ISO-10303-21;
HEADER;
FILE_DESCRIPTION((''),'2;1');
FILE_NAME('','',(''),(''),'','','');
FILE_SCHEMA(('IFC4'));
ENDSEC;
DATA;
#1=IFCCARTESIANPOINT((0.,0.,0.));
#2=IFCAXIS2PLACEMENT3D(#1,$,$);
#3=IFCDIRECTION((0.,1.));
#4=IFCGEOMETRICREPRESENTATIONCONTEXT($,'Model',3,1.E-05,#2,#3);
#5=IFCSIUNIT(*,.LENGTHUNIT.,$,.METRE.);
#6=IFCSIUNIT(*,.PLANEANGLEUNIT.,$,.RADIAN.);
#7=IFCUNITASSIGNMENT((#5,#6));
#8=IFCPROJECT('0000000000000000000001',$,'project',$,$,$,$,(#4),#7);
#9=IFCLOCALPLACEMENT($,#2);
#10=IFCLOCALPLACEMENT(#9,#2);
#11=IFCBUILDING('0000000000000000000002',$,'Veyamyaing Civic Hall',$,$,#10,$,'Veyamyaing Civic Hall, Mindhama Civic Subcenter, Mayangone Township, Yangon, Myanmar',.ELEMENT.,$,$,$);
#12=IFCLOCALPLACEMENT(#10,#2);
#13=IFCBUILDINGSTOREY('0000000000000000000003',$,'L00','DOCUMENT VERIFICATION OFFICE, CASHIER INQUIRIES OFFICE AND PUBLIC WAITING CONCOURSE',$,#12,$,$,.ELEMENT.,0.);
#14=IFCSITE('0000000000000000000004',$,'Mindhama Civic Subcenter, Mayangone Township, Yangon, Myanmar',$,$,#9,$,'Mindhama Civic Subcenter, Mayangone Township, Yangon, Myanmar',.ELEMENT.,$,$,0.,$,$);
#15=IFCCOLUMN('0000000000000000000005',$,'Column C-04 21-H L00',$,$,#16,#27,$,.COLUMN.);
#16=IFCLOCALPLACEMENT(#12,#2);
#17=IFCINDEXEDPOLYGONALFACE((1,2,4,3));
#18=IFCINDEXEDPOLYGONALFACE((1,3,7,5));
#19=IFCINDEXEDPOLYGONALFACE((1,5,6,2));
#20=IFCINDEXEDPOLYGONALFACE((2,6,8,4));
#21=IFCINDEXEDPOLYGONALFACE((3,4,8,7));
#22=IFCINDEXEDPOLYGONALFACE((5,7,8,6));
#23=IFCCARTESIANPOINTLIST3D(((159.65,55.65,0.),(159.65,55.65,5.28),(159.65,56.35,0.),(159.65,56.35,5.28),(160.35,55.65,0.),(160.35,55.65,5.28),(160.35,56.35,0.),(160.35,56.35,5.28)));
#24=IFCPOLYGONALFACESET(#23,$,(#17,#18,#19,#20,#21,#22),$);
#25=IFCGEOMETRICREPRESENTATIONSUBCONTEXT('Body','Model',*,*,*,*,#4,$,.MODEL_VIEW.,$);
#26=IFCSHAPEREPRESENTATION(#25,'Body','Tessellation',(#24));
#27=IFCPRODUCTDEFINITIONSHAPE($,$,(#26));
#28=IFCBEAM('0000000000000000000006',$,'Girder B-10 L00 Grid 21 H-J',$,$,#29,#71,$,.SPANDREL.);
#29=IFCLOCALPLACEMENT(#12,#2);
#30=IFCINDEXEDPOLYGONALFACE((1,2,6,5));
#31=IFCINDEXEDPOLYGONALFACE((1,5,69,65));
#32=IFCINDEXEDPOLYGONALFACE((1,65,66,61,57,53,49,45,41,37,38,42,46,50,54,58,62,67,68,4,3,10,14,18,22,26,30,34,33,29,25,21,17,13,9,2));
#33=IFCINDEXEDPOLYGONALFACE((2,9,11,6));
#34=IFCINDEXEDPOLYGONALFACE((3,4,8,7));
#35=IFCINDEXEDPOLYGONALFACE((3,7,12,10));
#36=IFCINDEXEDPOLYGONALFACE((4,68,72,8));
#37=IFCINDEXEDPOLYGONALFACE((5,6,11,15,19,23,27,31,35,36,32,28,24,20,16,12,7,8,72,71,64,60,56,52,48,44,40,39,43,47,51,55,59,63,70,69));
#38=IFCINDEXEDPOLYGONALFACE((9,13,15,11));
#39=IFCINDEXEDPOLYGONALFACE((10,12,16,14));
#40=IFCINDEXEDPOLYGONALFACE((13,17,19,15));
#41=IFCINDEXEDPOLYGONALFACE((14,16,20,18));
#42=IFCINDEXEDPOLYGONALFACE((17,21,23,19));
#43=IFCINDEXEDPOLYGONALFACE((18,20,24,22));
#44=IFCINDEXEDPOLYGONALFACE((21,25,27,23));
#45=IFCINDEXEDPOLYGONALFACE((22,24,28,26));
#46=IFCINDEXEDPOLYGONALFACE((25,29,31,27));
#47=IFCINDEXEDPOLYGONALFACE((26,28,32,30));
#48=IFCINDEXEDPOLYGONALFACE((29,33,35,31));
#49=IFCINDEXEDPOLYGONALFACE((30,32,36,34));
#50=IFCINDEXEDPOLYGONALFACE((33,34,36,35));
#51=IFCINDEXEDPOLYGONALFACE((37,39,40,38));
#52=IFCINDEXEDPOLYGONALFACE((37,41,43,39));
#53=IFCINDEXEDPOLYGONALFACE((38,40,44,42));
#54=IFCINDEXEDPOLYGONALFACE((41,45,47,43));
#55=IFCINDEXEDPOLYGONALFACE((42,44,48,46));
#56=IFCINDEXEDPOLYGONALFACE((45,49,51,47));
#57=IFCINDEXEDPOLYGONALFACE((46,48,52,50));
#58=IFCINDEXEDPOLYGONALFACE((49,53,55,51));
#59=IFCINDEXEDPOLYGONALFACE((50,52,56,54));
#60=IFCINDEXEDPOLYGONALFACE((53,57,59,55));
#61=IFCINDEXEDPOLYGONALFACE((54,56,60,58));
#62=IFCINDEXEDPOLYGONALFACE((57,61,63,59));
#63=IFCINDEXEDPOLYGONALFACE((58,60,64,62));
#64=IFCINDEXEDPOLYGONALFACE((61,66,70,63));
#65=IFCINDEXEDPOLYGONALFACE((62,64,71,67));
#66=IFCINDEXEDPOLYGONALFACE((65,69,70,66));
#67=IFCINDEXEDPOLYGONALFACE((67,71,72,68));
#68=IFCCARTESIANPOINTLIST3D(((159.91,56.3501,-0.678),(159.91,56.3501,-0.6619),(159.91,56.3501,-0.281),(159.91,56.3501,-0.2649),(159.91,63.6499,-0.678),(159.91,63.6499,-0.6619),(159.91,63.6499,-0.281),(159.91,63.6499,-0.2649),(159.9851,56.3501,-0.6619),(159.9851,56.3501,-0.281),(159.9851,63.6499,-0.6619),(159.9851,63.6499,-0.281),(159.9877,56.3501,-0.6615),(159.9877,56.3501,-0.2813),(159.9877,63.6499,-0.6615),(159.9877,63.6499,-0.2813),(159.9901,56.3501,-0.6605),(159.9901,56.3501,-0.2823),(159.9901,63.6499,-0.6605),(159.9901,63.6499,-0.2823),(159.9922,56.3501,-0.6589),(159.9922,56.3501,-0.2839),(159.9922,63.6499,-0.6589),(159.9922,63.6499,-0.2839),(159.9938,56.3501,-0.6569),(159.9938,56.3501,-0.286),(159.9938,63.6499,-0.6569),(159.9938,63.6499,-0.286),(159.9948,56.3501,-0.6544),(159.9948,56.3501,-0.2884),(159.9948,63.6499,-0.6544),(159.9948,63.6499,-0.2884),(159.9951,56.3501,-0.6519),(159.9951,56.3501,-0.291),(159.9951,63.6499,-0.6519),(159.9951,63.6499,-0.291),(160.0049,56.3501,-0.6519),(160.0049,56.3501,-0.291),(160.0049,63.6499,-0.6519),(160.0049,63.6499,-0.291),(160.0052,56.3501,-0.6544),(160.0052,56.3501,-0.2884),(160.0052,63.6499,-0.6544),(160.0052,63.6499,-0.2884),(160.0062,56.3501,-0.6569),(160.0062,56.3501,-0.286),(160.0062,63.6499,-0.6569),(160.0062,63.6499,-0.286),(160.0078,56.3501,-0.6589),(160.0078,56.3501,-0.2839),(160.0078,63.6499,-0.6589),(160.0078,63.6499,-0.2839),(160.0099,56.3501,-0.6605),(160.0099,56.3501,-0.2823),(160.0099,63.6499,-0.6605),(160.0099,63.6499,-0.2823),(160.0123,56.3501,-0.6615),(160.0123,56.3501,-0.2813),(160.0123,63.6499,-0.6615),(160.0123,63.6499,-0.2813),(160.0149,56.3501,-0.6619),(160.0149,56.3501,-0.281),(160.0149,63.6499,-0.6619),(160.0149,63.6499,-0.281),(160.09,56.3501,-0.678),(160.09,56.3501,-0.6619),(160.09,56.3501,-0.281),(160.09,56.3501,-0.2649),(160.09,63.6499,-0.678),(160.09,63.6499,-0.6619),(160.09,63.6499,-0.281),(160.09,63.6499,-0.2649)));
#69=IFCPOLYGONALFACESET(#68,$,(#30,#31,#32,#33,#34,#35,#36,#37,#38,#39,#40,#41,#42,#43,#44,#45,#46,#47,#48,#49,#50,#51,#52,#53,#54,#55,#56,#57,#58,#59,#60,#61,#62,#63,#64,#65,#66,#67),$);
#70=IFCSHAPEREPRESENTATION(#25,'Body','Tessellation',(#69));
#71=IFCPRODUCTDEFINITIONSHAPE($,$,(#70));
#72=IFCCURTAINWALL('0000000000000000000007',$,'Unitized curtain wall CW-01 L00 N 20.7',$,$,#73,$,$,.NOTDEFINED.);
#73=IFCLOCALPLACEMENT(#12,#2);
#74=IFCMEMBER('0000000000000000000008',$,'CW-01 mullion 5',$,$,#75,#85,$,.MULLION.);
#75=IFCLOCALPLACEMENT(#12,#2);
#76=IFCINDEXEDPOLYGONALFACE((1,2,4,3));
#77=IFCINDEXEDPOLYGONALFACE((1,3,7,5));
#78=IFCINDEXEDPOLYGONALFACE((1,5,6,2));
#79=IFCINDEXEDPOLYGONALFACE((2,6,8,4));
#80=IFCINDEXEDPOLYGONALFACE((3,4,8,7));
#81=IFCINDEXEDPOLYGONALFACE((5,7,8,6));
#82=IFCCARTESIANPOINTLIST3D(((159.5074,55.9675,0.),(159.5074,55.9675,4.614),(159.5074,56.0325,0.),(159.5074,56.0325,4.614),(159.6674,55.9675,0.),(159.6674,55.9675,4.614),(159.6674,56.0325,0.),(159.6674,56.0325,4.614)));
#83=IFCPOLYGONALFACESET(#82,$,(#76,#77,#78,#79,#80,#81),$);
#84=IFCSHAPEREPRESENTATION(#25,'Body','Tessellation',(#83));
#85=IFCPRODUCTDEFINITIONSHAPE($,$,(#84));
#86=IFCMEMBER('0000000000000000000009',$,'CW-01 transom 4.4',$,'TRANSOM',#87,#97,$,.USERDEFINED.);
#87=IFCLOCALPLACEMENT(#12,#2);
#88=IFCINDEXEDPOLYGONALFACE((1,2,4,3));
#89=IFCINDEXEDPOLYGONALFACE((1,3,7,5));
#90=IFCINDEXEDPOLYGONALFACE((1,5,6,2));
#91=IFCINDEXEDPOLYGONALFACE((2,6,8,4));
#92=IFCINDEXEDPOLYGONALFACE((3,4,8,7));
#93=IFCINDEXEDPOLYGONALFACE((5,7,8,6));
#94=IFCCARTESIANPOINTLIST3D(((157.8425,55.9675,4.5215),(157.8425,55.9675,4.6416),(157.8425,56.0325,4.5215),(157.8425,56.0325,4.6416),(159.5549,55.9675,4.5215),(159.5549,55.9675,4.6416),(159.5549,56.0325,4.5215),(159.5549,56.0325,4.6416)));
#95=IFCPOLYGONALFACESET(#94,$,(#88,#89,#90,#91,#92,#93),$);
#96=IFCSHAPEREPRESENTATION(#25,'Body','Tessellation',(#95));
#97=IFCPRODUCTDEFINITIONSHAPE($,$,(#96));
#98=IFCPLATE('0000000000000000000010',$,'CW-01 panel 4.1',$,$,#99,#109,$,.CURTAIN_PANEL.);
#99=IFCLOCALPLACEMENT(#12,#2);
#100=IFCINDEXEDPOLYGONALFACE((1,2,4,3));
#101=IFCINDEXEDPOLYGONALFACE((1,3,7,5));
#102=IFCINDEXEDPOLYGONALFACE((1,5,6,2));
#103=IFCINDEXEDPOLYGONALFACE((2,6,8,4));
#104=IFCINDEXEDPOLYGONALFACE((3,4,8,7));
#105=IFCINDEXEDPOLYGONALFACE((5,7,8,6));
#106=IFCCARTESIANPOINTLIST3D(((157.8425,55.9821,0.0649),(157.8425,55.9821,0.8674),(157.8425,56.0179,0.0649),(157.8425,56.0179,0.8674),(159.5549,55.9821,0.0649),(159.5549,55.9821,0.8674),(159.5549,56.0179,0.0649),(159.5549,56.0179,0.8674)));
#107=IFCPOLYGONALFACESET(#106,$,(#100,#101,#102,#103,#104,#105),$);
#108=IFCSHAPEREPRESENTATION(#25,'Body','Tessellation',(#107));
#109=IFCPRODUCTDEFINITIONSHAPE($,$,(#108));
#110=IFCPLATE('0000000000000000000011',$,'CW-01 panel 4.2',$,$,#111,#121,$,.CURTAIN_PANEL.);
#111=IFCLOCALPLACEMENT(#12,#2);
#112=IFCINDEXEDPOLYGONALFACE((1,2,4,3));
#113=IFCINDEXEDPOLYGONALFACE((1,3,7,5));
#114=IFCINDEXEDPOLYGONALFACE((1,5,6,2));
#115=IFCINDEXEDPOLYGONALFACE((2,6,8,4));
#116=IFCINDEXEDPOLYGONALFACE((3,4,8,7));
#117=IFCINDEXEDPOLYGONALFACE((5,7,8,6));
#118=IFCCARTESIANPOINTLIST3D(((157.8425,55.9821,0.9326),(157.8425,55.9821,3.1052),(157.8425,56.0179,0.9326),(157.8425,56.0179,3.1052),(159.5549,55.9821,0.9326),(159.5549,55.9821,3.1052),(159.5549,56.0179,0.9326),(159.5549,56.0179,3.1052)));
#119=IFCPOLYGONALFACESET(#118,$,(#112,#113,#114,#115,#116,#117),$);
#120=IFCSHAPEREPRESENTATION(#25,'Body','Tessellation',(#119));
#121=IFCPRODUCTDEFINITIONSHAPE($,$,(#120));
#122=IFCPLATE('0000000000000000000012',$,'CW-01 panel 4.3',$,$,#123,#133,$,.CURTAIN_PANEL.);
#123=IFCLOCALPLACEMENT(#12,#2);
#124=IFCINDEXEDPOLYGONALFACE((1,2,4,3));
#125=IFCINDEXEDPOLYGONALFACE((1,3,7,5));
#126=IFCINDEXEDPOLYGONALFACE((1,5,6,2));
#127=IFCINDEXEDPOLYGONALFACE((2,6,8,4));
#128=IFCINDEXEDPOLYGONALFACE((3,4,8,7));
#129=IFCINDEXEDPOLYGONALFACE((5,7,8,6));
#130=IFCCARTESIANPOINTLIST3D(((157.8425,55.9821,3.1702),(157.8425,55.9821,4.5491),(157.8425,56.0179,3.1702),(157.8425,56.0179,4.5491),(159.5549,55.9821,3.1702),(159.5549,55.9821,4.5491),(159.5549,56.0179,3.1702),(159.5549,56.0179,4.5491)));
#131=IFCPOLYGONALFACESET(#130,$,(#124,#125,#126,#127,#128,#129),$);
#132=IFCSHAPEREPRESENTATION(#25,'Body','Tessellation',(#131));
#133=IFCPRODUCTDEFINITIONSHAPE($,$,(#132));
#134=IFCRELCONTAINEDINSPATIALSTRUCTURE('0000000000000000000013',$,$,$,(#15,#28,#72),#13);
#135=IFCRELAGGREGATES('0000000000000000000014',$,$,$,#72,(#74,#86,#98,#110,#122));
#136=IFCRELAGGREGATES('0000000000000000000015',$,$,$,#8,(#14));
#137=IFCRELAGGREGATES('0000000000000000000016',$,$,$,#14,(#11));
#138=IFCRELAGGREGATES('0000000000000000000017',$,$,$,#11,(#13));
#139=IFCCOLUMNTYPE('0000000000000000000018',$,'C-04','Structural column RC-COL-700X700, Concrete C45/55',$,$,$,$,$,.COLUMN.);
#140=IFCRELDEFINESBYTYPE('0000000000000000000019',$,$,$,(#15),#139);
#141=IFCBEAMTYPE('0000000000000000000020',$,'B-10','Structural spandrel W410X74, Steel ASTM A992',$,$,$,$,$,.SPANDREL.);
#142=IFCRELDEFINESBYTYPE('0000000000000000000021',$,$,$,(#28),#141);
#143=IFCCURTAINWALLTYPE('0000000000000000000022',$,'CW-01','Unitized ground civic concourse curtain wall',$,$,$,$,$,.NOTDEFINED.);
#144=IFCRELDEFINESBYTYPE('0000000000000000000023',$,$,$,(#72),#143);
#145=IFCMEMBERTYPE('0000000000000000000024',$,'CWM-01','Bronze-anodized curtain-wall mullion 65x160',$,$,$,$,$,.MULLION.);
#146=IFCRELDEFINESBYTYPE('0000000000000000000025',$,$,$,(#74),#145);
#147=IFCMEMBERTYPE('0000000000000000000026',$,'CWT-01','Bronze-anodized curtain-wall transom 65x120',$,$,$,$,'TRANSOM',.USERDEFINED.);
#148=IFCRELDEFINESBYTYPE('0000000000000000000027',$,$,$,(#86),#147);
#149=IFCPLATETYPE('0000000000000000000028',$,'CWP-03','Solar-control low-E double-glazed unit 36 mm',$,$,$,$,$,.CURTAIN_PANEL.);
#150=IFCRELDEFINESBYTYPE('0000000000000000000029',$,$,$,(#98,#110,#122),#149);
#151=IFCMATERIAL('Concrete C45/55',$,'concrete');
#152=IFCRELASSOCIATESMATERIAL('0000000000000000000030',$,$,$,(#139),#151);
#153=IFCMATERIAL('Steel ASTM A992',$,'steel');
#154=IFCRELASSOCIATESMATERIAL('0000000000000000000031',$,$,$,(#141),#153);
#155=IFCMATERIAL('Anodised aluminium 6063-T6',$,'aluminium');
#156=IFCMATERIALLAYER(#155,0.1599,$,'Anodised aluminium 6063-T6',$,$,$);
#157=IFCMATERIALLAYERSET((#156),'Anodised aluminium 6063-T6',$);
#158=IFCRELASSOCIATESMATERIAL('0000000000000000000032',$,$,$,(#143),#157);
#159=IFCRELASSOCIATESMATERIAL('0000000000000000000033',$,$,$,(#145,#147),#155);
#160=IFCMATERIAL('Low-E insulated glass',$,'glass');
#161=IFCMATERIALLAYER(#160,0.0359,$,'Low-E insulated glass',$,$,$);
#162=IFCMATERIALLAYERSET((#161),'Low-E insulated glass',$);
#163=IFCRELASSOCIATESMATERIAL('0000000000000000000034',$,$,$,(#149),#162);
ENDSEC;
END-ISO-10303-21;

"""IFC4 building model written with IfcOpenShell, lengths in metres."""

from ifc_helpers import new_model, si_unit, direction, frame, origin, origin_2d, place, context, subcontext, project, spatial, rectangle, i_section, extrude, material, layer, layer_set, material_profile, profile_set, type_object, element, aggregate, save


model = new_model("IFC4")

# Units and contexts
model_context = context("Model", 3, precision=1e-05, world=origin(), true_north=direction((0.0, 1.0)))
body_context = subcontext(model_context, "Body", "Model", "MODEL_VIEW")
ifc_project = project(units=[si_unit("LENGTHUNIT", "METRE"), si_unit("PLANEANGLEUNIT", "RADIAN")], contexts=[model_context])

# Site, building, storey
site_placement = place(None, origin())
site = spatial("IfcSite", under=ifc_project, at=site_placement, Name="Mindhama Civic Subcenter, Mayangone Township, Yangon, Myanmar", LongName="Mindhama Civic Subcenter, Mayangone Township, Yangon, Myanmar", CompositionType="ELEMENT", RefElevation=0.0)
building_placement = place(site_placement, origin())
building = spatial("IfcBuilding", under=site, at=building_placement, Name="Veyamyaing Civic Hall", LongName="Veyamyaing Civic Hall, Mindhama Civic Subcenter, Mayangone Township, Yangon, Myanmar", CompositionType="ELEMENT")
storey_placement = place(building_placement, origin())
storey = spatial("IfcBuildingStorey", under=building, at=storey_placement, Name="L00", Description="DOCUMENT VERIFICATION OFFICE, CASHIER INQUIRIES OFFICE AND PUBLIC WAITING CONCOURSE", CompositionType="ELEMENT", Elevation=0.0)

# Column
ifc_material_1 = material(Name="Concrete C45/55", Category="concrete")
ifc_material_profile_1 = material_profile(ifc_material_1, rectangle(XDim=0.7, YDim=0.7, at=origin_2d()), Name="RC-COL-700X700")
ifc_profile_set_1 = profile_set([ifc_material_profile_1], Name="Concrete C45/55")
column_type = type_object("IfcColumnType", Name="C-04", Description="Structural column RC-COL-700X700, Concrete C45/55", PredefinedType="COLUMN", material=ifc_profile_set_1)
column_placement = place(storey_placement, frame((160.0, 56.0, 0.0), z_axis=(0.0, 0.0, 1.0), x_axis=(1.0, 0.0, 0.0)))
element("IfcColumn", 1, at=column_placement, inside=storey, type_object=column_type, Name="Column C-04 21-H L00", PredefinedType="COLUMN", context=body_context, shape_type="SweptSolid", body=[
    extrude(rectangle(XDim=0.7, YDim=0.7, at=origin_2d()), origin(), (0.0, 0.0, 1.0), 5.28),
])

# Beam
ifc_material_2 = material(Name="Steel ASTM A992", Category="steel")
ifc_material_profile_2 = material_profile(ifc_material_2, i_section(OverallWidth=0.1799, OverallDepth=0.4131, WebThickness=0.0098, FlangeThickness=0.0161, FilletRadius=0.01, at=origin_2d()), Name="W410X74")
ifc_profile_set_2 = profile_set([ifc_material_profile_2], Name="Steel ASTM A992")
beam_type = type_object("IfcBeamType", Name="B-10", Description="Structural spandrel W410X74, Steel ASTM A992", PredefinedType="SPANDREL", material=ifc_profile_set_2)
beam_placement = place(storey_placement, frame((160.0, 56.3501, -0.4714), z_axis=(0.0, 1.0, 0.0), x_axis=(-1.0, 0.0, 0.0)))
element("IfcBeam", 2, at=beam_placement, inside=storey, type_object=beam_type, Name="Girder B-10 L00 Grid 21 H-J", PredefinedType="SPANDREL", context=body_context, shape_type="SweptSolid", body=[
    extrude(i_section(OverallWidth=0.1799, OverallDepth=0.4131, WebThickness=0.0098, FlangeThickness=0.0161, FilletRadius=0.01, at=origin_2d()), origin(), (0.0, 0.0, 1.0), 7.2998),
])

# Curtain wall, members, plates
ifc_material_3 = material(Name="Anodised aluminium 6063-T6", Category="aluminium")
ifc_layer_1 = layer(ifc_material_3, 0.1599, Name="Anodised aluminium 6063-T6")
ifc_layer_set_1 = layer_set([ifc_layer_1], Name="Anodised aluminium 6063-T6")
curtain_wall_type = type_object("IfcCurtainWallType", Name="CW-01", Description="Unitized ground civic concourse curtain wall", PredefinedType="NOTDEFINED", material=ifc_layer_set_1)
curtain_wall_placement = place(storey_placement, origin())
curtain_wall = element("IfcCurtainWall", 3, at=curtain_wall_placement, inside=storey, type_object=curtain_wall_type, Name="Unitized curtain wall CW-01 L00 N 20.7", PredefinedType="NOTDEFINED")
ifc_material_profile_3 = material_profile(ifc_material_3, rectangle(XDim=0.0649, YDim=0.1599, at=origin_2d()), Name="ALU-MUL-65X160")
ifc_profile_set_3 = profile_set([ifc_material_profile_3], Name="Anodised aluminium 6063-T6")
member_type_1 = type_object("IfcMemberType", Name="CWM-01", Description="Bronze-anodized curtain-wall mullion 65x160", PredefinedType="MULLION", material=ifc_profile_set_3)
member_1_placement = place(storey_placement, frame((159.5874, 56.0, 0.0), z_axis=(0.0, 0.0, 1.0), x_axis=(0.0, 1.0, 0.0)))
member_1 = element("IfcMember", 4, at=member_1_placement, type_object=member_type_1, Name="CW-01 mullion 5", PredefinedType="MULLION", context=body_context, shape_type="SweptSolid", body=[
    extrude(rectangle(XDim=0.0649, YDim=0.1599, at=origin_2d()), origin(), (0.0, 0.0, 1.0), 4.614),
])
ifc_material_profile_4 = material_profile(ifc_material_3, rectangle(XDim=0.0649, YDim=0.1201, at=origin_2d()), Name="ALU-TRN-65X120")
ifc_profile_set_4 = profile_set([ifc_material_profile_4], Name="Anodised aluminium 6063-T6")
member_type_2 = type_object("IfcMemberType", Name="CWT-01", Description="Bronze-anodized curtain-wall transom 65x120", ElementType="TRANSOM", PredefinedType="USERDEFINED", material=ifc_profile_set_4)
member_2_placement = place(storey_placement, frame((157.8425, 56.0, 4.5815), z_axis=(1.0, 0.0, 0.0), x_axis=(0.0, 1.0, 0.0)))
member_2 = element("IfcMember", 5, at=member_2_placement, type_object=member_type_2, Name="CW-01 transom 4.4", ObjectType="TRANSOM", PredefinedType="USERDEFINED", context=body_context, shape_type="SweptSolid", body=[
    extrude(rectangle(XDim=0.0649, YDim=0.1201, at=origin_2d()), origin(), (0.0, 0.0, 1.0), 1.7124),
])
ifc_material_4 = material(Name="Low-E insulated glass", Category="glass")
ifc_layer_2 = layer(ifc_material_4, 0.0359, Name="Low-E insulated glass")
ifc_layer_set_2 = layer_set([ifc_layer_2], Name="Low-E insulated glass")
plate_type = type_object("IfcPlateType", Name="CWP-03", Description="Solar-control low-E double-glazed unit 36 mm", PredefinedType="CURTAIN_PANEL", material=ifc_layer_set_2)
plate_1_placement = place(storey_placement, frame((158.6987, 56.0, 0.0649), z_axis=(0.0, 0.0, 1.0), x_axis=(1.0, 0.0, 0.0)))
plate_1 = element("IfcPlate", 6, at=plate_1_placement, type_object=plate_type, Name="CW-01 panel 4.1", PredefinedType="CURTAIN_PANEL", context=body_context, shape_type="SweptSolid", body=[
    extrude(rectangle(XDim=1.7124, YDim=0.0359, at=origin_2d()), origin(), (0.0, 0.0, 1.0), 0.8025),
])
plate_2_placement = place(storey_placement, frame((158.6987, 56.0, 0.9326), z_axis=(0.0, 0.0, 1.0), x_axis=(1.0, 0.0, 0.0)))
plate_2 = element("IfcPlate", 7, at=plate_2_placement, type_object=plate_type, Name="CW-01 panel 4.2", PredefinedType="CURTAIN_PANEL", context=body_context, shape_type="SweptSolid", body=[
    extrude(rectangle(XDim=1.7124, YDim=0.0359, at=origin_2d()), origin(), (0.0, 0.0, 1.0), 2.1726),
])
plate_3_placement = place(storey_placement, frame((158.6987, 56.0, 3.1702), z_axis=(0.0, 0.0, 1.0), x_axis=(1.0, 0.0, 0.0)))
plate_3 = element("IfcPlate", 8, at=plate_3_placement, type_object=plate_type, Name="CW-01 panel 4.3", PredefinedType="CURTAIN_PANEL", context=body_context, shape_type="SweptSolid", body=[
    extrude(rectangle(XDim=1.7124, YDim=0.0359, at=origin_2d()), origin(), (0.0, 0.0, 1.0), 1.3789),
])
aggregate(curtain_wall, [member_1, member_2, plate_1, plate_2, plate_3])

save(model, "model.ifc")
